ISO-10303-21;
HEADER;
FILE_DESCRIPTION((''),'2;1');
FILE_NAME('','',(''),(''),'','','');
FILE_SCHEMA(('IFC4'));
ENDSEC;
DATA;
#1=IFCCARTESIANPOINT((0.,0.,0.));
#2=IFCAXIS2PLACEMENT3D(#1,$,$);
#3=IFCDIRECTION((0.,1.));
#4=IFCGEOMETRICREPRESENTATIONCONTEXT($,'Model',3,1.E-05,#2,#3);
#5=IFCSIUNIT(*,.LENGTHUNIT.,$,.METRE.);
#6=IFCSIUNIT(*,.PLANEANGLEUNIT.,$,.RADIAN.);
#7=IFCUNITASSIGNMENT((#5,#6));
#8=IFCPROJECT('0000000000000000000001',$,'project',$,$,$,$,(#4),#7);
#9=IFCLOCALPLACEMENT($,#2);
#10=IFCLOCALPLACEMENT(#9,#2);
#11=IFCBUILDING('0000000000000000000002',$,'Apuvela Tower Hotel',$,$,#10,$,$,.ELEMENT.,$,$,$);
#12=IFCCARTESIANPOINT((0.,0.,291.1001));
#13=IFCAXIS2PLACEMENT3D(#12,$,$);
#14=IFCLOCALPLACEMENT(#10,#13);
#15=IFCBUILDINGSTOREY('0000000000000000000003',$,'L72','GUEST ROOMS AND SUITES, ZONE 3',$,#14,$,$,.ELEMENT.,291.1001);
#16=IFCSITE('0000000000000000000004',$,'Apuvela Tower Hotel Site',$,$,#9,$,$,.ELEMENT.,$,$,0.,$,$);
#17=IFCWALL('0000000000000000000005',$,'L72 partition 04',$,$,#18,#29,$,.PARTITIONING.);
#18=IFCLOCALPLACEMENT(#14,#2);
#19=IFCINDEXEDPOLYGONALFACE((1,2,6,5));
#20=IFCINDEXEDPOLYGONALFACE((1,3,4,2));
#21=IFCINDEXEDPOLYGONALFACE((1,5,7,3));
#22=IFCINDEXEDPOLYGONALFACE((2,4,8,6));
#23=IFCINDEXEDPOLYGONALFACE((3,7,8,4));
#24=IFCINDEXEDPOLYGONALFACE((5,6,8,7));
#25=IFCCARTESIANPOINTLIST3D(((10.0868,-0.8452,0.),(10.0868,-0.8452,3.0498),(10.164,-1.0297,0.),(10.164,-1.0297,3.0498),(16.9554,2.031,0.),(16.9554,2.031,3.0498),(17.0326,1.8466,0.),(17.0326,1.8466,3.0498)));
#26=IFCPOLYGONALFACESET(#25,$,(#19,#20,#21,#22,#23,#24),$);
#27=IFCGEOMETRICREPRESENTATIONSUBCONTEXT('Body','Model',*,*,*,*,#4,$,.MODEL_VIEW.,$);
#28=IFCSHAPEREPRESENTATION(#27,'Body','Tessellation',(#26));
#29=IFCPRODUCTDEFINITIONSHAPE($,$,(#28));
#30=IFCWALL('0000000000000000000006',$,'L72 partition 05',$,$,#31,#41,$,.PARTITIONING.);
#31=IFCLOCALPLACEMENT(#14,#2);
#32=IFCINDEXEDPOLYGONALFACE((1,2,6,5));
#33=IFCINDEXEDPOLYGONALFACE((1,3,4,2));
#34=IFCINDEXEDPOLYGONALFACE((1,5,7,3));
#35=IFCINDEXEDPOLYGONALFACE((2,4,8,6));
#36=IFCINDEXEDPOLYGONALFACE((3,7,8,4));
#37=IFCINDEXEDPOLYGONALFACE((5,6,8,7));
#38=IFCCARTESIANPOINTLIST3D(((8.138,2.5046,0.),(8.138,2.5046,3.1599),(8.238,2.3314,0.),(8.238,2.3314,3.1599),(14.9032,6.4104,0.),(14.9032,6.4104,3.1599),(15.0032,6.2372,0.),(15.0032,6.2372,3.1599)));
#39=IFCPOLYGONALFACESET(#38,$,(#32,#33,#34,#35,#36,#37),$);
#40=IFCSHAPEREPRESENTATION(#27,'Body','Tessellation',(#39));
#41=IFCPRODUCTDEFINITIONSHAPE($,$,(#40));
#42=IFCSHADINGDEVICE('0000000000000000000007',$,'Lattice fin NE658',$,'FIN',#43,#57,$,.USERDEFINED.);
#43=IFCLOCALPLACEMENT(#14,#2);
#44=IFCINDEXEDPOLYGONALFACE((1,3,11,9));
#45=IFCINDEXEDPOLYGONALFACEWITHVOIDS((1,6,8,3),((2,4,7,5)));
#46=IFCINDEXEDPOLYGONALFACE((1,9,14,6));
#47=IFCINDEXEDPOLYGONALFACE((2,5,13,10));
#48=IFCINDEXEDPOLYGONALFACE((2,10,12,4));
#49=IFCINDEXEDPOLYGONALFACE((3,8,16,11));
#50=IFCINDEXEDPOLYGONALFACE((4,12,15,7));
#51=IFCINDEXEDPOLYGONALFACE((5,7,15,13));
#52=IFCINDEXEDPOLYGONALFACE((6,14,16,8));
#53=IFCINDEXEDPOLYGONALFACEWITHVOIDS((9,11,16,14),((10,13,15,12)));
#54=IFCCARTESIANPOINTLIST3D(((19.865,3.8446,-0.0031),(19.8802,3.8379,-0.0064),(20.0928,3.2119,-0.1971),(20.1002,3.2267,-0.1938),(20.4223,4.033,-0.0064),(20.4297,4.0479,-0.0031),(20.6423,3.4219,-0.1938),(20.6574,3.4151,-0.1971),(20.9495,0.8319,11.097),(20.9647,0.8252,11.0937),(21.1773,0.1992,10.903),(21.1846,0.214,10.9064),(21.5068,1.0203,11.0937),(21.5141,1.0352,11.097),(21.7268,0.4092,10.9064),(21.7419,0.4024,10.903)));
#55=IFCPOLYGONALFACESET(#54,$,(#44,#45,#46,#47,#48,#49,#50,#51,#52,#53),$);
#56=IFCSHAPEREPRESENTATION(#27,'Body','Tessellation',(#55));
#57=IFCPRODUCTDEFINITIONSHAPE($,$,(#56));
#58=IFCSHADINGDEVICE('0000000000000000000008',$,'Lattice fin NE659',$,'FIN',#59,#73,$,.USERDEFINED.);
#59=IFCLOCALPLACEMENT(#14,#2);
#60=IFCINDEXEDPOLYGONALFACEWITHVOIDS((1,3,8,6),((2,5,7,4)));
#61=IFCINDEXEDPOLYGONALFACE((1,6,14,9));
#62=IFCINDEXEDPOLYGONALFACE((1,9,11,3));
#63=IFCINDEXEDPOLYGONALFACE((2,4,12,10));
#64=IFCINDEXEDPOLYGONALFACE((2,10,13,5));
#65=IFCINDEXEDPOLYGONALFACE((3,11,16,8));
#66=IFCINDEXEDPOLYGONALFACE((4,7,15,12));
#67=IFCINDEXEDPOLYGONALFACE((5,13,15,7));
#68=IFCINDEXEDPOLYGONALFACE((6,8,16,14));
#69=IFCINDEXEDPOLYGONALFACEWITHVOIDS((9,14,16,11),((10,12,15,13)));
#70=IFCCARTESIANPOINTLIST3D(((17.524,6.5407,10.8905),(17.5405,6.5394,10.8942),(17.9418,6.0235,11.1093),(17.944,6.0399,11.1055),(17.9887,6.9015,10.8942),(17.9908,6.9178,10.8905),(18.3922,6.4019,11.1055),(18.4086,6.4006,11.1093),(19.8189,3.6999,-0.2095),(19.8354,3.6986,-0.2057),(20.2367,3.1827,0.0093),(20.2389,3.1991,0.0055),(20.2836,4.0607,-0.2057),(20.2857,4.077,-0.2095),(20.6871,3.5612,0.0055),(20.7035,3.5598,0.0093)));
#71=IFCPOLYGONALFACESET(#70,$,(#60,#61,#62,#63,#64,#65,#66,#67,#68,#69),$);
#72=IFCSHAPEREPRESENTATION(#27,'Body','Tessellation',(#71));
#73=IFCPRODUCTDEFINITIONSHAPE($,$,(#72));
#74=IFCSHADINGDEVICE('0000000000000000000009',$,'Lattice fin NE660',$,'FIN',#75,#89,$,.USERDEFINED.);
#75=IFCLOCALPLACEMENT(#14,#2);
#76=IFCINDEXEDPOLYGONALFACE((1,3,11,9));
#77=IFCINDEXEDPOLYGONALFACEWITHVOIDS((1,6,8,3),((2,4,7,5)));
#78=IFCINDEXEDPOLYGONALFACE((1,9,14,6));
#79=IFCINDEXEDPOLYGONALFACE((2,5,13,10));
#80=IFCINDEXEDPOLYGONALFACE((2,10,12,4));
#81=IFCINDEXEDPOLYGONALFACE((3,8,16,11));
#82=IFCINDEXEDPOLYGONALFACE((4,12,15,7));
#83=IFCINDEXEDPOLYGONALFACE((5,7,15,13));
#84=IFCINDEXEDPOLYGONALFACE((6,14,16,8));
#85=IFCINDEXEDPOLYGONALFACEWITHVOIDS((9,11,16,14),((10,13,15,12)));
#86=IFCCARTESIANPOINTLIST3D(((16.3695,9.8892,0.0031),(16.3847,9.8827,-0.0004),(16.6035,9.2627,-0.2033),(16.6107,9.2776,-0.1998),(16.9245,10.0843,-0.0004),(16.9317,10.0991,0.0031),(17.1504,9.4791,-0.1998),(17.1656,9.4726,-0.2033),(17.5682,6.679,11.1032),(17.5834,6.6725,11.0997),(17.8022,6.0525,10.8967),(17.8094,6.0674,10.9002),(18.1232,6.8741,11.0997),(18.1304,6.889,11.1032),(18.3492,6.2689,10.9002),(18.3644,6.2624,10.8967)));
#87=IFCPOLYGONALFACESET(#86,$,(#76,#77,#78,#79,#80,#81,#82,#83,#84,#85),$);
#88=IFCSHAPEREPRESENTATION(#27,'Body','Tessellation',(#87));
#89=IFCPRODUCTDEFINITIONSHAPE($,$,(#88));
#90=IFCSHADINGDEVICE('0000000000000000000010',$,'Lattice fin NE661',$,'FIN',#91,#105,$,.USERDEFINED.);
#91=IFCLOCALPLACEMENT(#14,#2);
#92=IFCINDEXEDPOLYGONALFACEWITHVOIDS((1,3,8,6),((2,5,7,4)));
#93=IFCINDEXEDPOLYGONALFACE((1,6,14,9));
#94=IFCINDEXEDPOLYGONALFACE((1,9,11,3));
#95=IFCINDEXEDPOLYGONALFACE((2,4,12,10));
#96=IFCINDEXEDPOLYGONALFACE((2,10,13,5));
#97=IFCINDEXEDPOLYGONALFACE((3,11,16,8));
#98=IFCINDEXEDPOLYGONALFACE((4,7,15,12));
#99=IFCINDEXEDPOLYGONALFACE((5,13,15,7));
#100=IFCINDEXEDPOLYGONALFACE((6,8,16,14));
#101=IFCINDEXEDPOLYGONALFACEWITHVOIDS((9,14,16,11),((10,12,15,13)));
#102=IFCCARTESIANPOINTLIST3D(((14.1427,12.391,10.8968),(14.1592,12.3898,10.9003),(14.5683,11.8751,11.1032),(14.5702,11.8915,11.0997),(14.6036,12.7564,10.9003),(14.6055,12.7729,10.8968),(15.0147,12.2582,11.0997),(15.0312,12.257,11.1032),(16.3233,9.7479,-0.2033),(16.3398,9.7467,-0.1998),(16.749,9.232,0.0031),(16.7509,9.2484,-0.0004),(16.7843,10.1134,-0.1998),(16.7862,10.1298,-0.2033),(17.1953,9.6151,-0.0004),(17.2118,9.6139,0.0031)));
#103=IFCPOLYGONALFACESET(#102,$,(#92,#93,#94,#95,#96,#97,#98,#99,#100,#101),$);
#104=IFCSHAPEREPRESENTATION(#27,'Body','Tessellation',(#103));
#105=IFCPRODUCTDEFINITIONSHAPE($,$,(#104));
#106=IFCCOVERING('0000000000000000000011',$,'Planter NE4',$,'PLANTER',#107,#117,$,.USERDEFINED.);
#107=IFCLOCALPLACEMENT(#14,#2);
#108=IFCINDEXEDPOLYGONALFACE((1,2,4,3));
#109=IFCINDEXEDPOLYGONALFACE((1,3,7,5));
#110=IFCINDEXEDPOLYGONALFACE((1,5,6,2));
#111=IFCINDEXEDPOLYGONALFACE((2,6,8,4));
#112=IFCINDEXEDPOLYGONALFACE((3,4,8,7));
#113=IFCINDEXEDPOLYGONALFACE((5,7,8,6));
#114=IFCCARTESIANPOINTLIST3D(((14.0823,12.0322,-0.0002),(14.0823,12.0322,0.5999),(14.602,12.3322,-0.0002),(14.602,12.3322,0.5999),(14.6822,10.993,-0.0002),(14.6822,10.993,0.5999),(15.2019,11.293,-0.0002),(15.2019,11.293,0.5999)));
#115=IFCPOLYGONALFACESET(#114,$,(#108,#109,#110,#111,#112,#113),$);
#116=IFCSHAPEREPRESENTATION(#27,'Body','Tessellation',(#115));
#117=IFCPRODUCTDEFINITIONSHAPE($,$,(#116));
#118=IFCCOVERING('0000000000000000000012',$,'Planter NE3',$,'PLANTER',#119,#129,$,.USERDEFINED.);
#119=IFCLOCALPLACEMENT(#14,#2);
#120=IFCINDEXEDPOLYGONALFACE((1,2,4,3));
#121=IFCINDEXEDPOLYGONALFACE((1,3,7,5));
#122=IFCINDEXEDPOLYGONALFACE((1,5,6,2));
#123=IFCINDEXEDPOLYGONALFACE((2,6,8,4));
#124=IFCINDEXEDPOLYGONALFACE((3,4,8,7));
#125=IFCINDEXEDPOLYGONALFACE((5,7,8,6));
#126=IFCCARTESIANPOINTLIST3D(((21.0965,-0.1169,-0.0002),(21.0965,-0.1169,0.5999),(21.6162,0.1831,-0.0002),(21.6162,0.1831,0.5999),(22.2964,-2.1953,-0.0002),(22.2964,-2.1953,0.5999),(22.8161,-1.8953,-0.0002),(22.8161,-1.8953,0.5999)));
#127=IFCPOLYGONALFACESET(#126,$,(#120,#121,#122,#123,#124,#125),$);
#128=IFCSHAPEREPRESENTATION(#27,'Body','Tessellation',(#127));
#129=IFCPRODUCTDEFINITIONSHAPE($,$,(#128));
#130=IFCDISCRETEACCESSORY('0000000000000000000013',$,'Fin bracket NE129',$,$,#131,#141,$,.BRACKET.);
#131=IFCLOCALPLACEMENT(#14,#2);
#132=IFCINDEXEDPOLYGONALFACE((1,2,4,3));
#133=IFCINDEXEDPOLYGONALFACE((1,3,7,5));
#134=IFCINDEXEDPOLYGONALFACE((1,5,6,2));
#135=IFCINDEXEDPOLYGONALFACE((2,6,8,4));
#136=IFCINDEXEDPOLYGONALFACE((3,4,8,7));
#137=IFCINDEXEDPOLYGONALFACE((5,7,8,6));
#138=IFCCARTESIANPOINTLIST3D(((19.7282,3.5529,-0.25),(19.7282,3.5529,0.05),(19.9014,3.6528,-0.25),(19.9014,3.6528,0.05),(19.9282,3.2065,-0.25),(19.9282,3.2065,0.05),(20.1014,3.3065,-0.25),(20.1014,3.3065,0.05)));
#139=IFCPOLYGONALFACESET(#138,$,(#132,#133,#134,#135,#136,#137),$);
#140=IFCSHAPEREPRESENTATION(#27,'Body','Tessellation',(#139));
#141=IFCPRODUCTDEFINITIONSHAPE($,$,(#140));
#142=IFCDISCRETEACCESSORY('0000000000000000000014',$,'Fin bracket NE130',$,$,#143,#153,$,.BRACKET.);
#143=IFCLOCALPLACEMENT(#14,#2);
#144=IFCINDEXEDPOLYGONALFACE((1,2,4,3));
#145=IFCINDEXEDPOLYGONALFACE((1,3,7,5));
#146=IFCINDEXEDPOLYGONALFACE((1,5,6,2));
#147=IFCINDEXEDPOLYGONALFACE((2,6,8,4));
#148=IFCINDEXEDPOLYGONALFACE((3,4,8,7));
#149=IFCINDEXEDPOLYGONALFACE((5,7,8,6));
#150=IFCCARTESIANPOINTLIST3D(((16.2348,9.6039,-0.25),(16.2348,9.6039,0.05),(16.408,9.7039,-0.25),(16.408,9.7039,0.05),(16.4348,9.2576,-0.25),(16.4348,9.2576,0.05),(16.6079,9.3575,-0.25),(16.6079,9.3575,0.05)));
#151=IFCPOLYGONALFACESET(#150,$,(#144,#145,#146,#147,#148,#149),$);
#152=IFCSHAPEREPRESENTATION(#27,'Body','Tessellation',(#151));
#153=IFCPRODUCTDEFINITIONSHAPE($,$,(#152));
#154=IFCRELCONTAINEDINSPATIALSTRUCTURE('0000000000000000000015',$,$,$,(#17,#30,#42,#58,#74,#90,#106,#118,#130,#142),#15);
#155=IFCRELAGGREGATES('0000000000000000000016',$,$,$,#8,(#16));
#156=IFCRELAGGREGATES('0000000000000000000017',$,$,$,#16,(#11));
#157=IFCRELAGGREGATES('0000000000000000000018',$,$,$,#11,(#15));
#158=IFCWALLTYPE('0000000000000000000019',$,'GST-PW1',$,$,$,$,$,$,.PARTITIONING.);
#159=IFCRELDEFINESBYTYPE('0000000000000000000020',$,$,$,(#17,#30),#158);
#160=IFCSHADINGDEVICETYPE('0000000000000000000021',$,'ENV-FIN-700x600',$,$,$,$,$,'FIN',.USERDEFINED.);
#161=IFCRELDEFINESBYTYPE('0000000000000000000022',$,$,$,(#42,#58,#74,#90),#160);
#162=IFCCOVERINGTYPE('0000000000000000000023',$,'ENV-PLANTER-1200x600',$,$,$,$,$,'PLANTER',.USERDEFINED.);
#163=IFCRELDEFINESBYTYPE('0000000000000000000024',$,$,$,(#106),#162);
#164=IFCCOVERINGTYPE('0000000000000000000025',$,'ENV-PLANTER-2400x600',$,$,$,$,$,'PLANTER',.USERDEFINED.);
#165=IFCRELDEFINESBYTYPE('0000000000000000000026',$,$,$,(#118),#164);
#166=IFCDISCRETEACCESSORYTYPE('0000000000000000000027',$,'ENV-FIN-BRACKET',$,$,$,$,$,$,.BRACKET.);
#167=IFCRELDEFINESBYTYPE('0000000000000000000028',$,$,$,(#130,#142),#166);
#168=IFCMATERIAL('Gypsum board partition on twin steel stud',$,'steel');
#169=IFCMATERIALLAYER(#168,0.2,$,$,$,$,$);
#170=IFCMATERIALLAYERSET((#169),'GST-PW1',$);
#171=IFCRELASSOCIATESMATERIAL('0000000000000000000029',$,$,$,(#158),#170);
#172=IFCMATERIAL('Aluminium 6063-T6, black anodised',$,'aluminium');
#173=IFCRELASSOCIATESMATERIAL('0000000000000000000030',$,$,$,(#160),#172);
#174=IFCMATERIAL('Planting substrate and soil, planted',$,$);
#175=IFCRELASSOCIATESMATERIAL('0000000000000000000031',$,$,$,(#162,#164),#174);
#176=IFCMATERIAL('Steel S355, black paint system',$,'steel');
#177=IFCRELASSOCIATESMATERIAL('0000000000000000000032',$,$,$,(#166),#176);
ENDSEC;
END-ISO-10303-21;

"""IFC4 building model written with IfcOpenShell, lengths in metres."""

from ifc_helpers import new_model, si_unit, direction, frame, frame_2d, origin, origin_2d, place, context, subcontext, project, spatial, rectangle, hollow_rectangle, extrude, material, layer, layer_set, material_profile, profile_set, type_object, element, save


model = new_model("IFC4")

# Units and contexts
model_context = context("Model", 3, precision=1e-05, world=origin(), true_north=direction((0.0, 1.0)))
body_context = subcontext(model_context, "Body", "Model", "MODEL_VIEW")
ifc_project = project(units=[si_unit("LENGTHUNIT", "METRE"), si_unit("PLANEANGLEUNIT", "RADIAN")], contexts=[model_context])

# Site, building, storey
site_placement = place(None, origin())
site = spatial("IfcSite", under=ifc_project, at=site_placement, Name="Apuvela Tower Hotel Site", CompositionType="ELEMENT", RefElevation=0.0)
building_placement = place(site_placement, origin())
building = spatial("IfcBuilding", under=site, at=building_placement, Name="Apuvela Tower Hotel", CompositionType="ELEMENT")
storey_placement = place(building_placement, frame((0.0, 0.0, 291.1001)))
storey = spatial("IfcBuildingStorey", under=building, at=storey_placement, Name="L72", Description="GUEST ROOMS AND SUITES, ZONE 3", CompositionType="ELEMENT", Elevation=291.1001)

# Walls
ifc_material_1 = material(Name="Gypsum board partition on twin steel stud", Category="steel")
ifc_layer_1 = layer(ifc_material_1, 0.2)
ifc_layer_set_1 = layer_set([ifc_layer_1], Name="GST-PW1")
wall_type_1 = type_object("IfcWallType", Name="GST-PW1", PredefinedType="PARTITIONING", material=ifc_layer_set_1)
wall_1_placement = place(storey_placement, frame((16.9939, 1.9387, 0.0), z_axis=(0.0, 0.0, 1.0), x_axis=(-0.922395, -0.386249, 0.0)))
element("IfcWall", 1, at=wall_1_placement, inside=storey, type_object=wall_type_1, Name="L72 partition 04", PredefinedType="PARTITIONING", context=body_context, shape_type="SweptSolid", body=[
    extrude(rectangle(XDim=7.4465, YDim=0.2, at=frame_2d((3.7231, 0.0))), origin(), (0.0, 0.0, 1.0), 3.0498),
])
wall_2_placement = place(storey_placement, frame((14.9531, 6.3237, 0.0), z_axis=(0.0, 0.0, 1.0), x_axis=(-0.86603, -0.499991, 0.0)))
element("IfcWall", 2, at=wall_2_placement, inside=storey, type_object=wall_type_1, Name="L72 partition 05", PredefinedType="PARTITIONING", context=body_context, shape_type="SweptSolid", body=[
    extrude(rectangle(XDim=7.8118, YDim=0.2, at=frame_2d((3.9058, 0.0))), origin(), (0.0, 0.0, 1.0), 3.1599),
])

# Shading devices
ifc_material_2 = material(Name="Aluminium 6063-T6, black anodised", Category="aluminium")
ifc_material_profile_1 = material_profile(ifc_material_2, hollow_rectangle(XDim=0.6001, YDim=0.7, WallThickness=0.012, at=origin_2d()), Name="AL BOX 700x600x12")
ifc_profile_set_1 = profile_set([ifc_material_profile_1], Name="Aluminium 6063-T6, black anodised")
shading_device_type = type_object("IfcShadingDeviceType", Name="ENV-FIN-700x600", ElementType="FIN", PredefinedType="USERDEFINED", material=ifc_profile_set_1)
shading_device_1_placement = place(storey_placement, frame((20.2612, 3.6299, -0.1001), z_axis=(0.093872, -0.260779, 0.960824), x_axis=(0.940897, 0.338692, 0.0)))
element("IfcShadingDevice", 3, at=shading_device_1_placement, inside=storey, type_object=shading_device_type, Name="Lattice fin NE658", ObjectType="FIN", PredefinedType="USERDEFINED", context=body_context, shape_type="SweptSolid", body=[
    extrude(hollow_rectangle(XDim=0.6001, YDim=0.7, WallThickness=0.012, at=origin_2d()), origin(), (0.0, 0.0, 1.0), 11.5527),
])
shading_device_2_placement = place(storey_placement, frame((20.2612, 3.6299, -0.1001), z_axis=(-0.196392, 0.243108, 0.94991), x_axis=(-0.777886, -0.628406, 0.0)))
element("IfcShadingDevice", 4, at=shading_device_2_placement, inside=storey, type_object=shading_device_type, Name="Lattice fin NE659", ObjectType="FIN", PredefinedType="USERDEFINED", context=body_context, shape_type="SweptSolid", body=[
    extrude(hollow_rectangle(XDim=0.6001, YDim=0.7, WallThickness=0.012, at=origin_2d()), origin(), (0.0, 0.0, 1.0), 11.6853),
])
for number, where, z_axis, x_axis, name in (
    (5, (16.7676, 9.6809, -0.1001), (0.103188, -0.276337, 0.955505), (0.936817, 0.349819, 0.0), "Lattice fin NE660"),
    (6, (16.7676, 9.6809, -0.1001), (-0.187714, 0.227518, 0.95551), (-0.771354, -0.636406, 0.0), "Lattice fin NE661"),
):
    element("IfcShadingDevice", number, at=place(storey_placement, frame(where, z_axis=z_axis, x_axis=x_axis)), inside=storey, type_object=shading_device_type, Name=name, ObjectType="FIN", PredefinedType="USERDEFINED", context=body_context, shape_type="SweptSolid", body=[
        extrude(hollow_rectangle(XDim=0.6001, YDim=0.7, WallThickness=0.012, at=origin_2d()), origin(), (0.0, 0.0, 1.0), 11.6169),
    ])

# Coverings
ifc_material_3 = material(Name="Planting substrate and soil, planted")
covering_type_1 = type_object("IfcCoveringType", Name="ENV-PLANTER-1200x600", ElementType="PLANTER", PredefinedType="USERDEFINED", material=ifc_material_3)
covering_1_placement = place(storey_placement, frame((14.6421, 11.6626, -0.0002), z_axis=(0.0, 0.0, 1.0), x_axis=(-0.5, 0.866025, 0.0)))
element("IfcCovering", 7, at=covering_1_placement, inside=storey, type_object=covering_type_1, Name="Planter NE4", ObjectType="PLANTER", PredefinedType="USERDEFINED", context=body_context, shape_type="SweptSolid", body=[
    extrude(rectangle(XDim=1.2, YDim=0.6001, at=origin_2d()), origin(), (0.0, 0.0, 1.0), 0.6001),
])
covering_type_2 = type_object("IfcCoveringType", Name="ENV-PLANTER-2400x600", ElementType="PLANTER", PredefinedType="USERDEFINED", material=ifc_material_3)
covering_2_placement = place(storey_placement, frame((21.9563, -1.0061, -0.0002), z_axis=(0.0, 0.0, 1.0), x_axis=(-0.5, 0.866025, 0.0)))
element("IfcCovering", 8, at=covering_2_placement, inside=storey, type_object=covering_type_2, Name="Planter NE3", ObjectType="PLANTER", PredefinedType="USERDEFINED", context=body_context, shape_type="SweptSolid", body=[
    extrude(rectangle(XDim=2.3999, YDim=0.6001, at=origin_2d()), origin(), (0.0, 0.0, 1.0), 0.6001),
])

# Discrete accessories
ifc_material_4 = material(Name="Steel S355, black paint system", Category="steel")
discrete_accessory_type = type_object("IfcDiscreteAccessoryType", Name="ENV-FIN-BRACKET", PredefinedType="BRACKET", material=ifc_material_4)
for number, where, z_axis, x_axis, name in (
    (9, (19.9148, 3.4297, -0.25), (0.0, 0.0, 1.0), (-0.5, 0.866025, 0.0), "Fin bracket NE129"),
    (10, (16.4214, 9.4807, -0.25), (0.0, 0.0, 1.0), (-0.5, 0.866025, 0.0), "Fin bracket NE130"),
):
    element("IfcDiscreteAccessory", number, at=place(storey_placement, frame(where, z_axis=z_axis, x_axis=x_axis)), inside=storey, type_object=discrete_accessory_type, Name=name, PredefinedType="BRACKET", context=body_context, shape_type="SweptSolid", body=[
        extrude(rectangle(XDim=0.3999, YDim=0.2, at=origin_2d()), origin(), (0.0, 0.0, 1.0), 0.3),
    ])

save(model, "model.ifc")
